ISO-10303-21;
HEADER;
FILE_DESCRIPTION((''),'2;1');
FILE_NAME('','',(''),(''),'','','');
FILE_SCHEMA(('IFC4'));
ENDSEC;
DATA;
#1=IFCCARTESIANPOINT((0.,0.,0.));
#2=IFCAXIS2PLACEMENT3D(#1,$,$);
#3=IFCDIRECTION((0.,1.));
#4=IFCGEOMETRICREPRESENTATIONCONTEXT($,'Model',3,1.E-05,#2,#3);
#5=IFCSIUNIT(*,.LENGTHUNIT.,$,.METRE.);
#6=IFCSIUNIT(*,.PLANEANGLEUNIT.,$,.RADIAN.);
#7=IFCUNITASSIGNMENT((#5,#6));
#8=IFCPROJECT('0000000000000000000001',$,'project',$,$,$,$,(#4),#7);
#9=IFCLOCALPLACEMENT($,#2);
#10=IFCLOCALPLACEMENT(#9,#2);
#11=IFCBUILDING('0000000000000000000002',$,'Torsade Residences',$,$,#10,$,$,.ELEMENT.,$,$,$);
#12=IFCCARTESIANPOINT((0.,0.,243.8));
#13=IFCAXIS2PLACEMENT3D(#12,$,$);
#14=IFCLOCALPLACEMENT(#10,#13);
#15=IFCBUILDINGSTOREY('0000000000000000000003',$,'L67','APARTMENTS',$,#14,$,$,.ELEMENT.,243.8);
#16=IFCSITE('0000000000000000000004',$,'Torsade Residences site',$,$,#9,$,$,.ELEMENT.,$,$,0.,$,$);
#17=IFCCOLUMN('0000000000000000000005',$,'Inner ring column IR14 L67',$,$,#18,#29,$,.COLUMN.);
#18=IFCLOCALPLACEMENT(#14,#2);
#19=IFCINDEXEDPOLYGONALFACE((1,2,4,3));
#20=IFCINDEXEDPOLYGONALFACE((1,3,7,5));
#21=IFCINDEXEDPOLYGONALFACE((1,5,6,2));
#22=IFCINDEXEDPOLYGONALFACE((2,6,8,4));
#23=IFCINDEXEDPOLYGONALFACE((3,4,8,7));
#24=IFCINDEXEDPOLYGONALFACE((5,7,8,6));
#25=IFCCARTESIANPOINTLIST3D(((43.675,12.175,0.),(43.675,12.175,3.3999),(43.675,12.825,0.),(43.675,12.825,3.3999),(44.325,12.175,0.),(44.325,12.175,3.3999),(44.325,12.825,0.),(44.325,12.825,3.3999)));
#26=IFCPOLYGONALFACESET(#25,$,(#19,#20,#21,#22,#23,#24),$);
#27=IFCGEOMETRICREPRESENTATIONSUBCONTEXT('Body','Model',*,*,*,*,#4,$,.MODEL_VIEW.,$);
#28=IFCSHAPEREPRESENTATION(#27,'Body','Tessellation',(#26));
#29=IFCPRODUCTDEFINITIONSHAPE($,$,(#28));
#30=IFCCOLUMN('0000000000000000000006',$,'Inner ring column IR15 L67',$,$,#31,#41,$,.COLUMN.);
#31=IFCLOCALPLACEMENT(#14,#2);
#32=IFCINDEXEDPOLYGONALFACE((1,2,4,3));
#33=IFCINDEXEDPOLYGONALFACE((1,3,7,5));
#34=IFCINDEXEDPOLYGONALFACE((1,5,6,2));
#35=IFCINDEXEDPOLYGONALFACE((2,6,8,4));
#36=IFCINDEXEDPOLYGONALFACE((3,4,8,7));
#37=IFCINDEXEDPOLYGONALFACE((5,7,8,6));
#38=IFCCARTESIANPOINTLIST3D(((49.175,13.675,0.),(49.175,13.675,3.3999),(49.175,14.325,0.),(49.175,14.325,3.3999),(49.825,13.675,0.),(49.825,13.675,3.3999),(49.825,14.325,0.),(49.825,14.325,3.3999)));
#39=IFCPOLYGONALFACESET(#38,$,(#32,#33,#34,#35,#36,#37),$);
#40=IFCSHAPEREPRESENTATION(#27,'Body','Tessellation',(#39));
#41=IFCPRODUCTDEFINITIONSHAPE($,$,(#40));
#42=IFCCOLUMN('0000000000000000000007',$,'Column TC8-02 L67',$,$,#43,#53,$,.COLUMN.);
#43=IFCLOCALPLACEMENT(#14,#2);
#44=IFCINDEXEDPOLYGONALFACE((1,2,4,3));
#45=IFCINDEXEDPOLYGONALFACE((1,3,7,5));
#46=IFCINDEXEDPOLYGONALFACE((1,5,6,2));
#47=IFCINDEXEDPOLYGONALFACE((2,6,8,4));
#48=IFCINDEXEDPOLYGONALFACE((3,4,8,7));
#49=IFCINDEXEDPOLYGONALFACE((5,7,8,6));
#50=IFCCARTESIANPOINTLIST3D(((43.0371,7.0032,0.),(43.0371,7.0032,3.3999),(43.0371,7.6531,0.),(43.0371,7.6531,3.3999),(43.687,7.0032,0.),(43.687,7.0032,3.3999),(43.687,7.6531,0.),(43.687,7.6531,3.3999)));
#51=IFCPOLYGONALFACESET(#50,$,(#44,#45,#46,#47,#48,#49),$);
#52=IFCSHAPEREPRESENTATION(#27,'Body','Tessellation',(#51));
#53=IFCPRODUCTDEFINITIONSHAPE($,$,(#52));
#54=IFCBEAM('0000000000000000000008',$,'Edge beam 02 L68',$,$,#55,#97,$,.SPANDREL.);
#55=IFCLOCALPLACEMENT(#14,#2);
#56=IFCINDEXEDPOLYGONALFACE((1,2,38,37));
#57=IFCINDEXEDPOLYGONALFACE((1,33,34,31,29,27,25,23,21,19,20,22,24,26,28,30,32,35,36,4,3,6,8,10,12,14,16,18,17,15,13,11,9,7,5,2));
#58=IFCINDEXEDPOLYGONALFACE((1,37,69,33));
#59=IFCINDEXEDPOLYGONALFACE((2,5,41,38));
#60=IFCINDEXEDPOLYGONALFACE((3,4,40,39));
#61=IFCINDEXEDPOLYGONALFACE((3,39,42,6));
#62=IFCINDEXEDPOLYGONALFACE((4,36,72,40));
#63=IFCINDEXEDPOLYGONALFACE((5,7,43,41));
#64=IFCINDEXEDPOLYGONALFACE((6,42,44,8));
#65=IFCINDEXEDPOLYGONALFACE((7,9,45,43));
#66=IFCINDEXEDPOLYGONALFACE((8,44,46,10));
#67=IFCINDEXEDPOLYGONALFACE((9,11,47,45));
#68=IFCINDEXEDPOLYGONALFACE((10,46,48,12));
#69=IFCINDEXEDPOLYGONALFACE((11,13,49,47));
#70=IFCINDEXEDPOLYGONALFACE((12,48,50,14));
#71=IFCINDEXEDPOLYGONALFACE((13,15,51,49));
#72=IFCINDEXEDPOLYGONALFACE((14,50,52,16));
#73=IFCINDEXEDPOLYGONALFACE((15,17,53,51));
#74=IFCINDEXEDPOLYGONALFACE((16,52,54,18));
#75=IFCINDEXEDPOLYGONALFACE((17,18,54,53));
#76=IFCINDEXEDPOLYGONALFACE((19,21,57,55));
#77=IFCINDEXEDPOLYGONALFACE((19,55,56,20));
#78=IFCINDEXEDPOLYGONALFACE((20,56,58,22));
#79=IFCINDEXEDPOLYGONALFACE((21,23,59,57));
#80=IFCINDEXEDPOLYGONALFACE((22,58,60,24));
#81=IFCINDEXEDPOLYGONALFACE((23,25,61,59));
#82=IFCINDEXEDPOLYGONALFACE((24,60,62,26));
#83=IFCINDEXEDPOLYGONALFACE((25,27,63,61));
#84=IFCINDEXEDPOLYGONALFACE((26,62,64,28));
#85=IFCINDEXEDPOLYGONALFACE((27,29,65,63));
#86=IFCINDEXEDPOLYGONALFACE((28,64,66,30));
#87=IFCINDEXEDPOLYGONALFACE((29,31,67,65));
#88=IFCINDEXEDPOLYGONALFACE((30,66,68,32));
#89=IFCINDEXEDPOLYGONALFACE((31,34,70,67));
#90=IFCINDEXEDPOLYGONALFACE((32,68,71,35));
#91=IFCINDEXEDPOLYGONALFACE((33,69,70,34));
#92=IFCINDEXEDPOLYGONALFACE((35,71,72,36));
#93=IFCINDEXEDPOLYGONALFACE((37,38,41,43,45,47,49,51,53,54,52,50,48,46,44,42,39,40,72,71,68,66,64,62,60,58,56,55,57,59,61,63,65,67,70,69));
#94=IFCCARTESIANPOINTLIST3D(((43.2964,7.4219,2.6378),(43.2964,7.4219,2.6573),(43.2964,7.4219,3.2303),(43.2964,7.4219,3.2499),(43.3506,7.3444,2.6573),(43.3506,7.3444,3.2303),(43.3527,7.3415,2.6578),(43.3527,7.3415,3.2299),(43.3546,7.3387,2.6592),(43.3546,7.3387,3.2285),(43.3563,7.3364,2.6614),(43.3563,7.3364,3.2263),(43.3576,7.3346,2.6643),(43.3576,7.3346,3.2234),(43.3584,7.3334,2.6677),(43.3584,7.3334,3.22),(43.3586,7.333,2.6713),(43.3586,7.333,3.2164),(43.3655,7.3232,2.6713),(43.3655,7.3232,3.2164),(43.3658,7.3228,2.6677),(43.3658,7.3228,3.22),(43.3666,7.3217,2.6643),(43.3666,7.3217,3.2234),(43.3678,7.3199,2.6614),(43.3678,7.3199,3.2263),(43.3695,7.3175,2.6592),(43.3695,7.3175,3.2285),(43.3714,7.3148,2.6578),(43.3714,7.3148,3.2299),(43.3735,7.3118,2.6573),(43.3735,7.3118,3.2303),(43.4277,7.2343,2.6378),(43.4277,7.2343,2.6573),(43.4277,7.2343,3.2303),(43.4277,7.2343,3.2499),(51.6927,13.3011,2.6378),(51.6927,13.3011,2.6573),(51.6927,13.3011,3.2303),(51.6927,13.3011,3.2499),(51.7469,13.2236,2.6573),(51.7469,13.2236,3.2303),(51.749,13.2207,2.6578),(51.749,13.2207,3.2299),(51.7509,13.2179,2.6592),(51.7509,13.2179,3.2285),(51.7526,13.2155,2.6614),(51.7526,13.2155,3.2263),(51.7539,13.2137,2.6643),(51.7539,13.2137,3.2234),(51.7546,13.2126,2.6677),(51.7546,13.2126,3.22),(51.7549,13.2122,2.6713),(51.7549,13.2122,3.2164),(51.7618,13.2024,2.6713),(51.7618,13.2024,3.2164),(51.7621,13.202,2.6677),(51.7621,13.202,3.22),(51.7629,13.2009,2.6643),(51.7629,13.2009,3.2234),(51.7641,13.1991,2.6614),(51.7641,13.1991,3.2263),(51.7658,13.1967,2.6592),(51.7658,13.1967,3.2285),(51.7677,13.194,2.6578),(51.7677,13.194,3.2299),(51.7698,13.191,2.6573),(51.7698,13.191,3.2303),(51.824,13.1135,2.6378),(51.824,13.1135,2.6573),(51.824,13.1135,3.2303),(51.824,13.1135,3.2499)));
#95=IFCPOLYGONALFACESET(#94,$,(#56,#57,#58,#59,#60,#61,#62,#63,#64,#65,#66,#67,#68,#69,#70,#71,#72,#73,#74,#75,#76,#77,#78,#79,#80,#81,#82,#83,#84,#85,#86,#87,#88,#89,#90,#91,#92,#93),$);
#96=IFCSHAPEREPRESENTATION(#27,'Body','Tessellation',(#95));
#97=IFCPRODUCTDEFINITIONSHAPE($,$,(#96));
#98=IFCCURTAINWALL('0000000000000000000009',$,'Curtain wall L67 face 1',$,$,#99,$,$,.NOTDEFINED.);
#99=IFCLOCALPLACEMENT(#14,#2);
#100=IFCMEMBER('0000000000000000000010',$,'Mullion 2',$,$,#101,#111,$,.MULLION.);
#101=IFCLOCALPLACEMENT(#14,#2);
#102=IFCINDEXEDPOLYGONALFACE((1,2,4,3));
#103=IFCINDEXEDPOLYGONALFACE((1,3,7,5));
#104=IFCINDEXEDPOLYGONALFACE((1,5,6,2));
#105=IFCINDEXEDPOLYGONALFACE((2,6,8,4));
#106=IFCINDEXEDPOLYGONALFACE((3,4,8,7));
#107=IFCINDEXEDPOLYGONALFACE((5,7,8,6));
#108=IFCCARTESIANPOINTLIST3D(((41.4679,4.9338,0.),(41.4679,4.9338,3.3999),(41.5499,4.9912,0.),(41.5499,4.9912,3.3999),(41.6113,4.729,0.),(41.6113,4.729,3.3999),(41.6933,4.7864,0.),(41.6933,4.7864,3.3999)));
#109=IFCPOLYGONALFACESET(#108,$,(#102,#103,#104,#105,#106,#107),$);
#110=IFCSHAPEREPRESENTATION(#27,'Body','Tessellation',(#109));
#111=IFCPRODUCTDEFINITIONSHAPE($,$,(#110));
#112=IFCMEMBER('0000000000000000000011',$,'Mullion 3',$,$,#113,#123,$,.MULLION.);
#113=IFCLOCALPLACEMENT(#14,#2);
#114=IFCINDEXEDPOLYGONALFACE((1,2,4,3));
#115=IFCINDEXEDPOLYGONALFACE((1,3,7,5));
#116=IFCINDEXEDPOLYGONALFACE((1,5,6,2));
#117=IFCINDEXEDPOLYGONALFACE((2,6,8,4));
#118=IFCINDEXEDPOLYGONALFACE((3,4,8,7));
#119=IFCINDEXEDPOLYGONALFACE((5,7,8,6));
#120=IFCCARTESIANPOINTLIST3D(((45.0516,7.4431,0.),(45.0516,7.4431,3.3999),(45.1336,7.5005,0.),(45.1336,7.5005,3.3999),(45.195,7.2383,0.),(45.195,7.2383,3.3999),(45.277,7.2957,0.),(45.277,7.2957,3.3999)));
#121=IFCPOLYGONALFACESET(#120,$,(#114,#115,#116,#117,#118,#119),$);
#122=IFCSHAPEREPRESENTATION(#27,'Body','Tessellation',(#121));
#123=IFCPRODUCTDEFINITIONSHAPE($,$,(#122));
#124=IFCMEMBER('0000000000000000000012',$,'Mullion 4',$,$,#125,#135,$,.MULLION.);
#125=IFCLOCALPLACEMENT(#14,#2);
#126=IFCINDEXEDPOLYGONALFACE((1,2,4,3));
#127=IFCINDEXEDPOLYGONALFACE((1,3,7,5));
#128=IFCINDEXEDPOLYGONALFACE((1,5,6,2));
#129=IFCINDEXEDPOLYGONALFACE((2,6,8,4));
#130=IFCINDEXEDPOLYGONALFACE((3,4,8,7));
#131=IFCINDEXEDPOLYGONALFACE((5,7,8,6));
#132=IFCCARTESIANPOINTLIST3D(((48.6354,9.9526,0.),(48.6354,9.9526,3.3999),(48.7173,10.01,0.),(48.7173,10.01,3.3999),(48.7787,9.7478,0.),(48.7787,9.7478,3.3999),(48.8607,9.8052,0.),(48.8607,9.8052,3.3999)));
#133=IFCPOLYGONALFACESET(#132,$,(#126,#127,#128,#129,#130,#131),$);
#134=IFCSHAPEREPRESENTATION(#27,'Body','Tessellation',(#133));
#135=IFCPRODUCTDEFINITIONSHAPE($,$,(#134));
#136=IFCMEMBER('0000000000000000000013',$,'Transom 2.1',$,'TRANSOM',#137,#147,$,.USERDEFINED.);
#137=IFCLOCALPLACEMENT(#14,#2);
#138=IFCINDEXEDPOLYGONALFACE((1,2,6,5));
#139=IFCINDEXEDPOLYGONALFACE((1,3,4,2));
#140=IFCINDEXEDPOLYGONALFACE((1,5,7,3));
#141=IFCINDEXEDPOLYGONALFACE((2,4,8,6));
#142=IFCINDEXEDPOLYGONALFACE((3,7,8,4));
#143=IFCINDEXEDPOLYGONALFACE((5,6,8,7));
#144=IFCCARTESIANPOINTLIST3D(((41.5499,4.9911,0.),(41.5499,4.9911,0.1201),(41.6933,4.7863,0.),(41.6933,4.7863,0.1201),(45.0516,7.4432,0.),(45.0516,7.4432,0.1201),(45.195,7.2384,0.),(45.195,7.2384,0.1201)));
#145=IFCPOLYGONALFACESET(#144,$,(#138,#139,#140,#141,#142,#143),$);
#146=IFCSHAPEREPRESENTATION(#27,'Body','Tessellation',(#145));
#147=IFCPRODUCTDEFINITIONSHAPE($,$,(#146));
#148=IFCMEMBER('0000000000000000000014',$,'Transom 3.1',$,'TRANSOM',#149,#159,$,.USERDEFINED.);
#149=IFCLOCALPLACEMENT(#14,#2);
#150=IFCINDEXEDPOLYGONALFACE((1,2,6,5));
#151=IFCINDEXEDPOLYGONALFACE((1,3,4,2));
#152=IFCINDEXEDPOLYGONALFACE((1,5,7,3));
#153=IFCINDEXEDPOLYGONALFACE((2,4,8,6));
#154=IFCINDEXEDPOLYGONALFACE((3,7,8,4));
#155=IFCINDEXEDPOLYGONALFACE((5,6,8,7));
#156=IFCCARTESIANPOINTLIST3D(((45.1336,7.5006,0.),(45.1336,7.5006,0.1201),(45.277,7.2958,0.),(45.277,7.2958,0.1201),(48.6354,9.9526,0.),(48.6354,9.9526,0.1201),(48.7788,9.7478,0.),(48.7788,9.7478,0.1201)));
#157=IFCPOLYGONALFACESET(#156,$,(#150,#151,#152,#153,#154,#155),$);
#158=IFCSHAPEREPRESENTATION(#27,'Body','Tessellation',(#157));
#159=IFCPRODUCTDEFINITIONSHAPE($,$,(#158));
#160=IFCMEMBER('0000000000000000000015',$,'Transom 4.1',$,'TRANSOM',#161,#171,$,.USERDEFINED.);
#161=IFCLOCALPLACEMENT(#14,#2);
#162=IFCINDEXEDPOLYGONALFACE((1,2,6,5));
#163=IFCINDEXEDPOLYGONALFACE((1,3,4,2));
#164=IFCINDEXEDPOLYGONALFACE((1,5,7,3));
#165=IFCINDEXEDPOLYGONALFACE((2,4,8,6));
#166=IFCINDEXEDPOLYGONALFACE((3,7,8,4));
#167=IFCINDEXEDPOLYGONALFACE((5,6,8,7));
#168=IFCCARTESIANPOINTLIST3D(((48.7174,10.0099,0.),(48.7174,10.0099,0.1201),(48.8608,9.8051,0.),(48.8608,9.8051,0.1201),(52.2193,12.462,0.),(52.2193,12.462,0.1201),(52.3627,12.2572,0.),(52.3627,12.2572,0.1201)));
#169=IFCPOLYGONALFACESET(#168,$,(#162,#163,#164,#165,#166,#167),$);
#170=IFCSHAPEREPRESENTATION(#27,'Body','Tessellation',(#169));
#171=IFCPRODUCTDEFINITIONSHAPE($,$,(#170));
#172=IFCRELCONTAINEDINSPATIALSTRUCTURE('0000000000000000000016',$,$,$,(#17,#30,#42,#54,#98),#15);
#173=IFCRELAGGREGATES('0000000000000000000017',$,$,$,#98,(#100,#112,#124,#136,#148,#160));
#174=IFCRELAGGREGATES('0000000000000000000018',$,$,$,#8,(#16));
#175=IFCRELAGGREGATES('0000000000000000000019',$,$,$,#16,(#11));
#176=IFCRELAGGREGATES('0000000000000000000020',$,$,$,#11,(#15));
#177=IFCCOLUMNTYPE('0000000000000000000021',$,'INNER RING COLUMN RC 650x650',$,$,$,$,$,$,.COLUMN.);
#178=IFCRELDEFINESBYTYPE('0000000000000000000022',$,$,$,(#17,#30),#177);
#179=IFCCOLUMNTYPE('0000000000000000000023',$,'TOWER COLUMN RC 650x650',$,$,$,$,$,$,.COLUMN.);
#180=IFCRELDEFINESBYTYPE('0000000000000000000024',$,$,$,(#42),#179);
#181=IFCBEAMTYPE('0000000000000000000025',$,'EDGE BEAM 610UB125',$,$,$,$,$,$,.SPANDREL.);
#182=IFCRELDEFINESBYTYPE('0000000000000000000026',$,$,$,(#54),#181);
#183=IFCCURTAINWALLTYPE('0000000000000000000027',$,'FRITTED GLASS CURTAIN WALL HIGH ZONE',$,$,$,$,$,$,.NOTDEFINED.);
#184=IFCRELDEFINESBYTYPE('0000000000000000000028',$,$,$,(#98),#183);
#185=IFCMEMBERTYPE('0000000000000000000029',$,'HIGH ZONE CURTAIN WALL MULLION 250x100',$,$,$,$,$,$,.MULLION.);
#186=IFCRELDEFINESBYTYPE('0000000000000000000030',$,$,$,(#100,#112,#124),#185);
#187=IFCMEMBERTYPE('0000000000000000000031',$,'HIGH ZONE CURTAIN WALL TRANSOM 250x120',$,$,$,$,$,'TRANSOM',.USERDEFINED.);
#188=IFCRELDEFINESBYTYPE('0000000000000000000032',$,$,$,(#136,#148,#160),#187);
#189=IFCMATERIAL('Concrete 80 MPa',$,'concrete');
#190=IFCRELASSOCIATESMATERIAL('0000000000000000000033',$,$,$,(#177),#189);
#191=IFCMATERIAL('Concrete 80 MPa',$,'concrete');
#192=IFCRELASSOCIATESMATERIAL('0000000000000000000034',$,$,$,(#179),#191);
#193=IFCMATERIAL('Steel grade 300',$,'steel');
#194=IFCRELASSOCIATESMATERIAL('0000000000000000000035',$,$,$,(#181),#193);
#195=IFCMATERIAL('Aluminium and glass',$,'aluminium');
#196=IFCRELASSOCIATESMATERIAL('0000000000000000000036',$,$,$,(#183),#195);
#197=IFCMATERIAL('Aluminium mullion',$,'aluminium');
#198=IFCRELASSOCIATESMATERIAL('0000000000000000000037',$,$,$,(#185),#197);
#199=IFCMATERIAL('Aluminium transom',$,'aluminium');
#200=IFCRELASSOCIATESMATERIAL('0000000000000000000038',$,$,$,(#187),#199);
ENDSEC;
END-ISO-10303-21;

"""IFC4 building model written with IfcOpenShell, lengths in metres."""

from ifc_helpers import new_model, si_unit, direction, frame, origin, origin_2d, place, context, subcontext, project, spatial, rectangle, i_section, extrude, material, material_profile, profile_set, type_object, element, aggregate, save


model = new_model("IFC4")

# Units and contexts
model_context = context("Model", 3, precision=1e-05, world=origin(), true_north=direction((0.0, 1.0)))
body_context = subcontext(model_context, "Body", "Model", "MODEL_VIEW")
ifc_project = project(units=[si_unit("LENGTHUNIT", "METRE"), si_unit("PLANEANGLEUNIT", "RADIAN")], contexts=[model_context])

# Site, building, storey
site_placement = place(None, origin())
site = spatial("IfcSite", under=ifc_project, at=site_placement, Name="Torsade Residences site", CompositionType="ELEMENT", RefElevation=0.0)
building_placement = place(site_placement, origin())
building = spatial("IfcBuilding", under=site, at=building_placement, Name="Torsade Residences", CompositionType="ELEMENT")
storey_placement = place(building_placement, frame((0.0, 0.0, 243.8)))
storey = spatial("IfcBuildingStorey", under=building, at=storey_placement, Name="L67", Description="APARTMENTS", CompositionType="ELEMENT", Elevation=243.8)

# Columns
ifc_material_1 = material(Name="Concrete 80 MPa", Category="concrete")
ifc_material_profile_1 = material_profile(ifc_material_1, rectangle(XDim=0.6499, YDim=0.6499, at=origin_2d()), Name="RC 650x650")
ifc_profile_set_1 = profile_set([ifc_material_profile_1], Name="Concrete 80 MPa")
column_type_1 = type_object("IfcColumnType", Name="INNER RING COLUMN RC 650x650", PredefinedType="COLUMN", material=ifc_profile_set_1)
for number, where, z_axis, x_axis, name in (
    (1, (44.0, 12.5, 0.0), (0.0, 0.0, 1.0), (1.0, 0.0, 0.0), "Inner ring column IR14 L67"),
    (2, (49.5, 14.0, 0.0), (0.0, 0.0, 1.0), (1.0, 0.0, 0.0), "Inner ring column IR15 L67"),
):
    element("IfcColumn", number, at=place(storey_placement, frame(where, z_axis=z_axis, x_axis=x_axis)), inside=storey, type_object=column_type_1, Name=name, PredefinedType="COLUMN", context=body_context, shape_type="SweptSolid", body=[
        extrude(rectangle(XDim=0.6499, YDim=0.6499, at=origin_2d()), origin(), (0.0, 0.0, 1.0), 3.3999),
    ])
ifc_material_2 = material(Name="Concrete 80 MPa", Category="concrete")
ifc_material_profile_2 = material_profile(ifc_material_2, rectangle(XDim=0.6499, YDim=0.6499, at=origin_2d()), Name="RC 650x650")
ifc_profile_set_2 = profile_set([ifc_material_profile_2], Name="Concrete 80 MPa")
column_type_2 = type_object("IfcColumnType", Name="TOWER COLUMN RC 650x650", PredefinedType="COLUMN", material=ifc_profile_set_2)
column_placement = place(storey_placement, frame((43.3621, 7.3281, 0.0), z_axis=(0.0, 0.0, 1.0), x_axis=(1.0, 0.0, 0.0)))
element("IfcColumn", 3, at=column_placement, inside=storey, type_object=column_type_2, Name="Column TC8-02 L67", PredefinedType="COLUMN", context=body_context, shape_type="SweptSolid", body=[
    extrude(rectangle(XDim=0.6499, YDim=0.6499, at=origin_2d()), origin(), (0.0, 0.0, 1.0), 3.3999),
])

# Beam
ifc_material_3 = material(Name="Steel grade 300", Category="steel")
ifc_material_profile_3 = material_profile(ifc_material_3, i_section(OverallWidth=0.229, OverallDepth=0.6121, WebThickness=0.012, FlangeThickness=0.0195, FilletRadius=0.0139, at=origin_2d()), Name="610UB125")
ifc_profile_set_3 = profile_set([ifc_material_profile_3], Name="Steel grade 300")
beam_type_1 = type_object("IfcBeamType", Name="EDGE BEAM 610UB125", PredefinedType="SPANDREL", material=ifc_profile_set_3)
beam_1_placement = place(storey_placement, frame((43.3621, 7.3281, 2.9438), z_axis=(0.81915, 0.573579, 0.0), x_axis=(-0.573579, 0.81915, 0.0)))
element("IfcBeam", 4, at=beam_1_placement, inside=storey, type_object=beam_type_1, Name="Edge beam 02 L68", PredefinedType="SPANDREL", context=body_context, shape_type="SweptSolid", body=[
    extrude(i_section(OverallWidth=0.229, OverallDepth=0.6121, WebThickness=0.012, FlangeThickness=0.0195, FilletRadius=0.0139, at=origin_2d()), origin(), (0.0, 0.0, 1.0), 10.25),
])

# Curtain wall, members
ifc_material_4 = material(Name="Aluminium and glass", Category="aluminium")
curtain_wall_type = type_object("IfcCurtainWallType", Name="FRITTED GLASS CURTAIN WALL HIGH ZONE", PredefinedType="NOTDEFINED", material=ifc_material_4)
curtain_wall_placement = place(storey_placement, origin())
curtain_wall = element("IfcCurtainWall", 5, at=curtain_wall_placement, inside=storey, type_object=curtain_wall_type, Name="Curtain wall L67 face 1", PredefinedType="NOTDEFINED")
ifc_material_5 = material(Name="Aluminium mullion", Category="aluminium")
ifc_material_profile_4 = material_profile(ifc_material_5, rectangle(XDim=0.25, YDim=0.1001, at=origin_2d()), Name="HIGH ZONE CURTAIN WALL MULLION 250x100")
ifc_profile_set_4 = profile_set([ifc_material_profile_4], Name="Aluminium mullion")
member_type_1 = type_object("IfcMemberType", Name="HIGH ZONE CURTAIN WALL MULLION 250x100", PredefinedType="MULLION", material=ifc_profile_set_4)
member_1_placement = place(storey_placement, frame((41.5806, 4.8601, 0.0), z_axis=(0.0, 0.0, 1.0), x_axis=(-0.573576, 0.819152, 0.0)))
member_1 = element("IfcMember", 6, at=member_1_placement, type_object=member_type_1, Name="Mullion 2", PredefinedType="MULLION", context=body_context, shape_type="SweptSolid", body=[
    extrude(rectangle(XDim=0.25, YDim=0.1001, at=origin_2d()), origin(), (0.0, 0.0, 1.0), 3.3999),
])
member_2_placement = place(storey_placement, frame((45.1643, 7.3694, 0.0), z_axis=(0.0, 0.0, 1.0), x_axis=(-0.573576, 0.819152, 0.0)))
member_2 = element("IfcMember", 7, at=member_2_placement, type_object=member_type_1, Name="Mullion 3", PredefinedType="MULLION", context=body_context, shape_type="SweptSolid", body=[
    extrude(rectangle(XDim=0.25, YDim=0.1001, at=origin_2d()), origin(), (0.0, 0.0, 1.0), 3.3999),
])
member_3_placement = place(storey_placement, frame((48.748, 9.8789, 0.0), z_axis=(0.0, 0.0, 1.0), x_axis=(-0.573576, 0.819152, 0.0)))
member_3 = element("IfcMember", 8, at=member_3_placement, type_object=member_type_1, Name="Mullion 4", PredefinedType="MULLION", context=body_context, shape_type="SweptSolid", body=[
    extrude(rectangle(XDim=0.25, YDim=0.1001, at=origin_2d()), origin(), (0.0, 0.0, 1.0), 3.3999),
])
ifc_material_6 = material(Name="Aluminium transom", Category="aluminium")
ifc_material_profile_5 = material_profile(ifc_material_6, rectangle(XDim=0.25, YDim=0.1201, at=origin_2d()), Name="HIGH ZONE CURTAIN WALL TRANSOM 250x120")
ifc_profile_set_5 = profile_set([ifc_material_profile_5], Name="Aluminium transom")
member_type_2 = type_object("IfcMemberType", Name="HIGH ZONE CURTAIN WALL TRANSOM 250x120", ElementType="TRANSOM", PredefinedType="USERDEFINED", material=ifc_profile_set_5)
member_4_placement = place(storey_placement, frame((41.6216, 4.8887, 0.0601), z_axis=(0.819127, 0.573612, 0.0), x_axis=(-0.573612, 0.819127, 0.0)))
member_4 = element("IfcMember", 9, at=member_4_placement, type_object=member_type_2, Name="Transom 2.1", ObjectType="TRANSOM", PredefinedType="USERDEFINED", context=body_context, shape_type="SweptSolid", body=[
    extrude(rectangle(XDim=0.25, YDim=0.1201, at=origin_2d()), origin(), (0.0, 0.0, 1.0), 4.2749),
])
member_5_placement = place(storey_placement, frame((45.2053, 7.3982, 0.0601), z_axis=(0.819154, 0.573573, 0.0), x_axis=(-0.573573, 0.819154, 0.0)))
member_5 = element("IfcMember", 10, at=member_5_placement, type_object=member_type_2, Name="Transom 3.1", ObjectType="TRANSOM", PredefinedType="USERDEFINED", context=body_context, shape_type="SweptSolid", body=[
    extrude(rectangle(XDim=0.25, YDim=0.1201, at=origin_2d()), origin(), (0.0, 0.0, 1.0), 4.2749),
])
member_6_placement = place(storey_placement, frame((48.7891, 9.9075, 0.0601), z_axis=(0.819146, 0.573585, 0.0), x_axis=(-0.573585, 0.819146, 0.0)))
member_6 = element("IfcMember", 11, at=member_6_placement, type_object=member_type_2, Name="Transom 4.1", ObjectType="TRANSOM", PredefinedType="USERDEFINED", context=body_context, shape_type="SweptSolid", body=[
    extrude(rectangle(XDim=0.25, YDim=0.1201, at=origin_2d()), origin(), (0.0, 0.0, 1.0), 4.2751),
])

aggregate(curtain_wall, [member_1, member_2, member_3, member_4, member_5, member_6])

save(model, "model.ifc")
